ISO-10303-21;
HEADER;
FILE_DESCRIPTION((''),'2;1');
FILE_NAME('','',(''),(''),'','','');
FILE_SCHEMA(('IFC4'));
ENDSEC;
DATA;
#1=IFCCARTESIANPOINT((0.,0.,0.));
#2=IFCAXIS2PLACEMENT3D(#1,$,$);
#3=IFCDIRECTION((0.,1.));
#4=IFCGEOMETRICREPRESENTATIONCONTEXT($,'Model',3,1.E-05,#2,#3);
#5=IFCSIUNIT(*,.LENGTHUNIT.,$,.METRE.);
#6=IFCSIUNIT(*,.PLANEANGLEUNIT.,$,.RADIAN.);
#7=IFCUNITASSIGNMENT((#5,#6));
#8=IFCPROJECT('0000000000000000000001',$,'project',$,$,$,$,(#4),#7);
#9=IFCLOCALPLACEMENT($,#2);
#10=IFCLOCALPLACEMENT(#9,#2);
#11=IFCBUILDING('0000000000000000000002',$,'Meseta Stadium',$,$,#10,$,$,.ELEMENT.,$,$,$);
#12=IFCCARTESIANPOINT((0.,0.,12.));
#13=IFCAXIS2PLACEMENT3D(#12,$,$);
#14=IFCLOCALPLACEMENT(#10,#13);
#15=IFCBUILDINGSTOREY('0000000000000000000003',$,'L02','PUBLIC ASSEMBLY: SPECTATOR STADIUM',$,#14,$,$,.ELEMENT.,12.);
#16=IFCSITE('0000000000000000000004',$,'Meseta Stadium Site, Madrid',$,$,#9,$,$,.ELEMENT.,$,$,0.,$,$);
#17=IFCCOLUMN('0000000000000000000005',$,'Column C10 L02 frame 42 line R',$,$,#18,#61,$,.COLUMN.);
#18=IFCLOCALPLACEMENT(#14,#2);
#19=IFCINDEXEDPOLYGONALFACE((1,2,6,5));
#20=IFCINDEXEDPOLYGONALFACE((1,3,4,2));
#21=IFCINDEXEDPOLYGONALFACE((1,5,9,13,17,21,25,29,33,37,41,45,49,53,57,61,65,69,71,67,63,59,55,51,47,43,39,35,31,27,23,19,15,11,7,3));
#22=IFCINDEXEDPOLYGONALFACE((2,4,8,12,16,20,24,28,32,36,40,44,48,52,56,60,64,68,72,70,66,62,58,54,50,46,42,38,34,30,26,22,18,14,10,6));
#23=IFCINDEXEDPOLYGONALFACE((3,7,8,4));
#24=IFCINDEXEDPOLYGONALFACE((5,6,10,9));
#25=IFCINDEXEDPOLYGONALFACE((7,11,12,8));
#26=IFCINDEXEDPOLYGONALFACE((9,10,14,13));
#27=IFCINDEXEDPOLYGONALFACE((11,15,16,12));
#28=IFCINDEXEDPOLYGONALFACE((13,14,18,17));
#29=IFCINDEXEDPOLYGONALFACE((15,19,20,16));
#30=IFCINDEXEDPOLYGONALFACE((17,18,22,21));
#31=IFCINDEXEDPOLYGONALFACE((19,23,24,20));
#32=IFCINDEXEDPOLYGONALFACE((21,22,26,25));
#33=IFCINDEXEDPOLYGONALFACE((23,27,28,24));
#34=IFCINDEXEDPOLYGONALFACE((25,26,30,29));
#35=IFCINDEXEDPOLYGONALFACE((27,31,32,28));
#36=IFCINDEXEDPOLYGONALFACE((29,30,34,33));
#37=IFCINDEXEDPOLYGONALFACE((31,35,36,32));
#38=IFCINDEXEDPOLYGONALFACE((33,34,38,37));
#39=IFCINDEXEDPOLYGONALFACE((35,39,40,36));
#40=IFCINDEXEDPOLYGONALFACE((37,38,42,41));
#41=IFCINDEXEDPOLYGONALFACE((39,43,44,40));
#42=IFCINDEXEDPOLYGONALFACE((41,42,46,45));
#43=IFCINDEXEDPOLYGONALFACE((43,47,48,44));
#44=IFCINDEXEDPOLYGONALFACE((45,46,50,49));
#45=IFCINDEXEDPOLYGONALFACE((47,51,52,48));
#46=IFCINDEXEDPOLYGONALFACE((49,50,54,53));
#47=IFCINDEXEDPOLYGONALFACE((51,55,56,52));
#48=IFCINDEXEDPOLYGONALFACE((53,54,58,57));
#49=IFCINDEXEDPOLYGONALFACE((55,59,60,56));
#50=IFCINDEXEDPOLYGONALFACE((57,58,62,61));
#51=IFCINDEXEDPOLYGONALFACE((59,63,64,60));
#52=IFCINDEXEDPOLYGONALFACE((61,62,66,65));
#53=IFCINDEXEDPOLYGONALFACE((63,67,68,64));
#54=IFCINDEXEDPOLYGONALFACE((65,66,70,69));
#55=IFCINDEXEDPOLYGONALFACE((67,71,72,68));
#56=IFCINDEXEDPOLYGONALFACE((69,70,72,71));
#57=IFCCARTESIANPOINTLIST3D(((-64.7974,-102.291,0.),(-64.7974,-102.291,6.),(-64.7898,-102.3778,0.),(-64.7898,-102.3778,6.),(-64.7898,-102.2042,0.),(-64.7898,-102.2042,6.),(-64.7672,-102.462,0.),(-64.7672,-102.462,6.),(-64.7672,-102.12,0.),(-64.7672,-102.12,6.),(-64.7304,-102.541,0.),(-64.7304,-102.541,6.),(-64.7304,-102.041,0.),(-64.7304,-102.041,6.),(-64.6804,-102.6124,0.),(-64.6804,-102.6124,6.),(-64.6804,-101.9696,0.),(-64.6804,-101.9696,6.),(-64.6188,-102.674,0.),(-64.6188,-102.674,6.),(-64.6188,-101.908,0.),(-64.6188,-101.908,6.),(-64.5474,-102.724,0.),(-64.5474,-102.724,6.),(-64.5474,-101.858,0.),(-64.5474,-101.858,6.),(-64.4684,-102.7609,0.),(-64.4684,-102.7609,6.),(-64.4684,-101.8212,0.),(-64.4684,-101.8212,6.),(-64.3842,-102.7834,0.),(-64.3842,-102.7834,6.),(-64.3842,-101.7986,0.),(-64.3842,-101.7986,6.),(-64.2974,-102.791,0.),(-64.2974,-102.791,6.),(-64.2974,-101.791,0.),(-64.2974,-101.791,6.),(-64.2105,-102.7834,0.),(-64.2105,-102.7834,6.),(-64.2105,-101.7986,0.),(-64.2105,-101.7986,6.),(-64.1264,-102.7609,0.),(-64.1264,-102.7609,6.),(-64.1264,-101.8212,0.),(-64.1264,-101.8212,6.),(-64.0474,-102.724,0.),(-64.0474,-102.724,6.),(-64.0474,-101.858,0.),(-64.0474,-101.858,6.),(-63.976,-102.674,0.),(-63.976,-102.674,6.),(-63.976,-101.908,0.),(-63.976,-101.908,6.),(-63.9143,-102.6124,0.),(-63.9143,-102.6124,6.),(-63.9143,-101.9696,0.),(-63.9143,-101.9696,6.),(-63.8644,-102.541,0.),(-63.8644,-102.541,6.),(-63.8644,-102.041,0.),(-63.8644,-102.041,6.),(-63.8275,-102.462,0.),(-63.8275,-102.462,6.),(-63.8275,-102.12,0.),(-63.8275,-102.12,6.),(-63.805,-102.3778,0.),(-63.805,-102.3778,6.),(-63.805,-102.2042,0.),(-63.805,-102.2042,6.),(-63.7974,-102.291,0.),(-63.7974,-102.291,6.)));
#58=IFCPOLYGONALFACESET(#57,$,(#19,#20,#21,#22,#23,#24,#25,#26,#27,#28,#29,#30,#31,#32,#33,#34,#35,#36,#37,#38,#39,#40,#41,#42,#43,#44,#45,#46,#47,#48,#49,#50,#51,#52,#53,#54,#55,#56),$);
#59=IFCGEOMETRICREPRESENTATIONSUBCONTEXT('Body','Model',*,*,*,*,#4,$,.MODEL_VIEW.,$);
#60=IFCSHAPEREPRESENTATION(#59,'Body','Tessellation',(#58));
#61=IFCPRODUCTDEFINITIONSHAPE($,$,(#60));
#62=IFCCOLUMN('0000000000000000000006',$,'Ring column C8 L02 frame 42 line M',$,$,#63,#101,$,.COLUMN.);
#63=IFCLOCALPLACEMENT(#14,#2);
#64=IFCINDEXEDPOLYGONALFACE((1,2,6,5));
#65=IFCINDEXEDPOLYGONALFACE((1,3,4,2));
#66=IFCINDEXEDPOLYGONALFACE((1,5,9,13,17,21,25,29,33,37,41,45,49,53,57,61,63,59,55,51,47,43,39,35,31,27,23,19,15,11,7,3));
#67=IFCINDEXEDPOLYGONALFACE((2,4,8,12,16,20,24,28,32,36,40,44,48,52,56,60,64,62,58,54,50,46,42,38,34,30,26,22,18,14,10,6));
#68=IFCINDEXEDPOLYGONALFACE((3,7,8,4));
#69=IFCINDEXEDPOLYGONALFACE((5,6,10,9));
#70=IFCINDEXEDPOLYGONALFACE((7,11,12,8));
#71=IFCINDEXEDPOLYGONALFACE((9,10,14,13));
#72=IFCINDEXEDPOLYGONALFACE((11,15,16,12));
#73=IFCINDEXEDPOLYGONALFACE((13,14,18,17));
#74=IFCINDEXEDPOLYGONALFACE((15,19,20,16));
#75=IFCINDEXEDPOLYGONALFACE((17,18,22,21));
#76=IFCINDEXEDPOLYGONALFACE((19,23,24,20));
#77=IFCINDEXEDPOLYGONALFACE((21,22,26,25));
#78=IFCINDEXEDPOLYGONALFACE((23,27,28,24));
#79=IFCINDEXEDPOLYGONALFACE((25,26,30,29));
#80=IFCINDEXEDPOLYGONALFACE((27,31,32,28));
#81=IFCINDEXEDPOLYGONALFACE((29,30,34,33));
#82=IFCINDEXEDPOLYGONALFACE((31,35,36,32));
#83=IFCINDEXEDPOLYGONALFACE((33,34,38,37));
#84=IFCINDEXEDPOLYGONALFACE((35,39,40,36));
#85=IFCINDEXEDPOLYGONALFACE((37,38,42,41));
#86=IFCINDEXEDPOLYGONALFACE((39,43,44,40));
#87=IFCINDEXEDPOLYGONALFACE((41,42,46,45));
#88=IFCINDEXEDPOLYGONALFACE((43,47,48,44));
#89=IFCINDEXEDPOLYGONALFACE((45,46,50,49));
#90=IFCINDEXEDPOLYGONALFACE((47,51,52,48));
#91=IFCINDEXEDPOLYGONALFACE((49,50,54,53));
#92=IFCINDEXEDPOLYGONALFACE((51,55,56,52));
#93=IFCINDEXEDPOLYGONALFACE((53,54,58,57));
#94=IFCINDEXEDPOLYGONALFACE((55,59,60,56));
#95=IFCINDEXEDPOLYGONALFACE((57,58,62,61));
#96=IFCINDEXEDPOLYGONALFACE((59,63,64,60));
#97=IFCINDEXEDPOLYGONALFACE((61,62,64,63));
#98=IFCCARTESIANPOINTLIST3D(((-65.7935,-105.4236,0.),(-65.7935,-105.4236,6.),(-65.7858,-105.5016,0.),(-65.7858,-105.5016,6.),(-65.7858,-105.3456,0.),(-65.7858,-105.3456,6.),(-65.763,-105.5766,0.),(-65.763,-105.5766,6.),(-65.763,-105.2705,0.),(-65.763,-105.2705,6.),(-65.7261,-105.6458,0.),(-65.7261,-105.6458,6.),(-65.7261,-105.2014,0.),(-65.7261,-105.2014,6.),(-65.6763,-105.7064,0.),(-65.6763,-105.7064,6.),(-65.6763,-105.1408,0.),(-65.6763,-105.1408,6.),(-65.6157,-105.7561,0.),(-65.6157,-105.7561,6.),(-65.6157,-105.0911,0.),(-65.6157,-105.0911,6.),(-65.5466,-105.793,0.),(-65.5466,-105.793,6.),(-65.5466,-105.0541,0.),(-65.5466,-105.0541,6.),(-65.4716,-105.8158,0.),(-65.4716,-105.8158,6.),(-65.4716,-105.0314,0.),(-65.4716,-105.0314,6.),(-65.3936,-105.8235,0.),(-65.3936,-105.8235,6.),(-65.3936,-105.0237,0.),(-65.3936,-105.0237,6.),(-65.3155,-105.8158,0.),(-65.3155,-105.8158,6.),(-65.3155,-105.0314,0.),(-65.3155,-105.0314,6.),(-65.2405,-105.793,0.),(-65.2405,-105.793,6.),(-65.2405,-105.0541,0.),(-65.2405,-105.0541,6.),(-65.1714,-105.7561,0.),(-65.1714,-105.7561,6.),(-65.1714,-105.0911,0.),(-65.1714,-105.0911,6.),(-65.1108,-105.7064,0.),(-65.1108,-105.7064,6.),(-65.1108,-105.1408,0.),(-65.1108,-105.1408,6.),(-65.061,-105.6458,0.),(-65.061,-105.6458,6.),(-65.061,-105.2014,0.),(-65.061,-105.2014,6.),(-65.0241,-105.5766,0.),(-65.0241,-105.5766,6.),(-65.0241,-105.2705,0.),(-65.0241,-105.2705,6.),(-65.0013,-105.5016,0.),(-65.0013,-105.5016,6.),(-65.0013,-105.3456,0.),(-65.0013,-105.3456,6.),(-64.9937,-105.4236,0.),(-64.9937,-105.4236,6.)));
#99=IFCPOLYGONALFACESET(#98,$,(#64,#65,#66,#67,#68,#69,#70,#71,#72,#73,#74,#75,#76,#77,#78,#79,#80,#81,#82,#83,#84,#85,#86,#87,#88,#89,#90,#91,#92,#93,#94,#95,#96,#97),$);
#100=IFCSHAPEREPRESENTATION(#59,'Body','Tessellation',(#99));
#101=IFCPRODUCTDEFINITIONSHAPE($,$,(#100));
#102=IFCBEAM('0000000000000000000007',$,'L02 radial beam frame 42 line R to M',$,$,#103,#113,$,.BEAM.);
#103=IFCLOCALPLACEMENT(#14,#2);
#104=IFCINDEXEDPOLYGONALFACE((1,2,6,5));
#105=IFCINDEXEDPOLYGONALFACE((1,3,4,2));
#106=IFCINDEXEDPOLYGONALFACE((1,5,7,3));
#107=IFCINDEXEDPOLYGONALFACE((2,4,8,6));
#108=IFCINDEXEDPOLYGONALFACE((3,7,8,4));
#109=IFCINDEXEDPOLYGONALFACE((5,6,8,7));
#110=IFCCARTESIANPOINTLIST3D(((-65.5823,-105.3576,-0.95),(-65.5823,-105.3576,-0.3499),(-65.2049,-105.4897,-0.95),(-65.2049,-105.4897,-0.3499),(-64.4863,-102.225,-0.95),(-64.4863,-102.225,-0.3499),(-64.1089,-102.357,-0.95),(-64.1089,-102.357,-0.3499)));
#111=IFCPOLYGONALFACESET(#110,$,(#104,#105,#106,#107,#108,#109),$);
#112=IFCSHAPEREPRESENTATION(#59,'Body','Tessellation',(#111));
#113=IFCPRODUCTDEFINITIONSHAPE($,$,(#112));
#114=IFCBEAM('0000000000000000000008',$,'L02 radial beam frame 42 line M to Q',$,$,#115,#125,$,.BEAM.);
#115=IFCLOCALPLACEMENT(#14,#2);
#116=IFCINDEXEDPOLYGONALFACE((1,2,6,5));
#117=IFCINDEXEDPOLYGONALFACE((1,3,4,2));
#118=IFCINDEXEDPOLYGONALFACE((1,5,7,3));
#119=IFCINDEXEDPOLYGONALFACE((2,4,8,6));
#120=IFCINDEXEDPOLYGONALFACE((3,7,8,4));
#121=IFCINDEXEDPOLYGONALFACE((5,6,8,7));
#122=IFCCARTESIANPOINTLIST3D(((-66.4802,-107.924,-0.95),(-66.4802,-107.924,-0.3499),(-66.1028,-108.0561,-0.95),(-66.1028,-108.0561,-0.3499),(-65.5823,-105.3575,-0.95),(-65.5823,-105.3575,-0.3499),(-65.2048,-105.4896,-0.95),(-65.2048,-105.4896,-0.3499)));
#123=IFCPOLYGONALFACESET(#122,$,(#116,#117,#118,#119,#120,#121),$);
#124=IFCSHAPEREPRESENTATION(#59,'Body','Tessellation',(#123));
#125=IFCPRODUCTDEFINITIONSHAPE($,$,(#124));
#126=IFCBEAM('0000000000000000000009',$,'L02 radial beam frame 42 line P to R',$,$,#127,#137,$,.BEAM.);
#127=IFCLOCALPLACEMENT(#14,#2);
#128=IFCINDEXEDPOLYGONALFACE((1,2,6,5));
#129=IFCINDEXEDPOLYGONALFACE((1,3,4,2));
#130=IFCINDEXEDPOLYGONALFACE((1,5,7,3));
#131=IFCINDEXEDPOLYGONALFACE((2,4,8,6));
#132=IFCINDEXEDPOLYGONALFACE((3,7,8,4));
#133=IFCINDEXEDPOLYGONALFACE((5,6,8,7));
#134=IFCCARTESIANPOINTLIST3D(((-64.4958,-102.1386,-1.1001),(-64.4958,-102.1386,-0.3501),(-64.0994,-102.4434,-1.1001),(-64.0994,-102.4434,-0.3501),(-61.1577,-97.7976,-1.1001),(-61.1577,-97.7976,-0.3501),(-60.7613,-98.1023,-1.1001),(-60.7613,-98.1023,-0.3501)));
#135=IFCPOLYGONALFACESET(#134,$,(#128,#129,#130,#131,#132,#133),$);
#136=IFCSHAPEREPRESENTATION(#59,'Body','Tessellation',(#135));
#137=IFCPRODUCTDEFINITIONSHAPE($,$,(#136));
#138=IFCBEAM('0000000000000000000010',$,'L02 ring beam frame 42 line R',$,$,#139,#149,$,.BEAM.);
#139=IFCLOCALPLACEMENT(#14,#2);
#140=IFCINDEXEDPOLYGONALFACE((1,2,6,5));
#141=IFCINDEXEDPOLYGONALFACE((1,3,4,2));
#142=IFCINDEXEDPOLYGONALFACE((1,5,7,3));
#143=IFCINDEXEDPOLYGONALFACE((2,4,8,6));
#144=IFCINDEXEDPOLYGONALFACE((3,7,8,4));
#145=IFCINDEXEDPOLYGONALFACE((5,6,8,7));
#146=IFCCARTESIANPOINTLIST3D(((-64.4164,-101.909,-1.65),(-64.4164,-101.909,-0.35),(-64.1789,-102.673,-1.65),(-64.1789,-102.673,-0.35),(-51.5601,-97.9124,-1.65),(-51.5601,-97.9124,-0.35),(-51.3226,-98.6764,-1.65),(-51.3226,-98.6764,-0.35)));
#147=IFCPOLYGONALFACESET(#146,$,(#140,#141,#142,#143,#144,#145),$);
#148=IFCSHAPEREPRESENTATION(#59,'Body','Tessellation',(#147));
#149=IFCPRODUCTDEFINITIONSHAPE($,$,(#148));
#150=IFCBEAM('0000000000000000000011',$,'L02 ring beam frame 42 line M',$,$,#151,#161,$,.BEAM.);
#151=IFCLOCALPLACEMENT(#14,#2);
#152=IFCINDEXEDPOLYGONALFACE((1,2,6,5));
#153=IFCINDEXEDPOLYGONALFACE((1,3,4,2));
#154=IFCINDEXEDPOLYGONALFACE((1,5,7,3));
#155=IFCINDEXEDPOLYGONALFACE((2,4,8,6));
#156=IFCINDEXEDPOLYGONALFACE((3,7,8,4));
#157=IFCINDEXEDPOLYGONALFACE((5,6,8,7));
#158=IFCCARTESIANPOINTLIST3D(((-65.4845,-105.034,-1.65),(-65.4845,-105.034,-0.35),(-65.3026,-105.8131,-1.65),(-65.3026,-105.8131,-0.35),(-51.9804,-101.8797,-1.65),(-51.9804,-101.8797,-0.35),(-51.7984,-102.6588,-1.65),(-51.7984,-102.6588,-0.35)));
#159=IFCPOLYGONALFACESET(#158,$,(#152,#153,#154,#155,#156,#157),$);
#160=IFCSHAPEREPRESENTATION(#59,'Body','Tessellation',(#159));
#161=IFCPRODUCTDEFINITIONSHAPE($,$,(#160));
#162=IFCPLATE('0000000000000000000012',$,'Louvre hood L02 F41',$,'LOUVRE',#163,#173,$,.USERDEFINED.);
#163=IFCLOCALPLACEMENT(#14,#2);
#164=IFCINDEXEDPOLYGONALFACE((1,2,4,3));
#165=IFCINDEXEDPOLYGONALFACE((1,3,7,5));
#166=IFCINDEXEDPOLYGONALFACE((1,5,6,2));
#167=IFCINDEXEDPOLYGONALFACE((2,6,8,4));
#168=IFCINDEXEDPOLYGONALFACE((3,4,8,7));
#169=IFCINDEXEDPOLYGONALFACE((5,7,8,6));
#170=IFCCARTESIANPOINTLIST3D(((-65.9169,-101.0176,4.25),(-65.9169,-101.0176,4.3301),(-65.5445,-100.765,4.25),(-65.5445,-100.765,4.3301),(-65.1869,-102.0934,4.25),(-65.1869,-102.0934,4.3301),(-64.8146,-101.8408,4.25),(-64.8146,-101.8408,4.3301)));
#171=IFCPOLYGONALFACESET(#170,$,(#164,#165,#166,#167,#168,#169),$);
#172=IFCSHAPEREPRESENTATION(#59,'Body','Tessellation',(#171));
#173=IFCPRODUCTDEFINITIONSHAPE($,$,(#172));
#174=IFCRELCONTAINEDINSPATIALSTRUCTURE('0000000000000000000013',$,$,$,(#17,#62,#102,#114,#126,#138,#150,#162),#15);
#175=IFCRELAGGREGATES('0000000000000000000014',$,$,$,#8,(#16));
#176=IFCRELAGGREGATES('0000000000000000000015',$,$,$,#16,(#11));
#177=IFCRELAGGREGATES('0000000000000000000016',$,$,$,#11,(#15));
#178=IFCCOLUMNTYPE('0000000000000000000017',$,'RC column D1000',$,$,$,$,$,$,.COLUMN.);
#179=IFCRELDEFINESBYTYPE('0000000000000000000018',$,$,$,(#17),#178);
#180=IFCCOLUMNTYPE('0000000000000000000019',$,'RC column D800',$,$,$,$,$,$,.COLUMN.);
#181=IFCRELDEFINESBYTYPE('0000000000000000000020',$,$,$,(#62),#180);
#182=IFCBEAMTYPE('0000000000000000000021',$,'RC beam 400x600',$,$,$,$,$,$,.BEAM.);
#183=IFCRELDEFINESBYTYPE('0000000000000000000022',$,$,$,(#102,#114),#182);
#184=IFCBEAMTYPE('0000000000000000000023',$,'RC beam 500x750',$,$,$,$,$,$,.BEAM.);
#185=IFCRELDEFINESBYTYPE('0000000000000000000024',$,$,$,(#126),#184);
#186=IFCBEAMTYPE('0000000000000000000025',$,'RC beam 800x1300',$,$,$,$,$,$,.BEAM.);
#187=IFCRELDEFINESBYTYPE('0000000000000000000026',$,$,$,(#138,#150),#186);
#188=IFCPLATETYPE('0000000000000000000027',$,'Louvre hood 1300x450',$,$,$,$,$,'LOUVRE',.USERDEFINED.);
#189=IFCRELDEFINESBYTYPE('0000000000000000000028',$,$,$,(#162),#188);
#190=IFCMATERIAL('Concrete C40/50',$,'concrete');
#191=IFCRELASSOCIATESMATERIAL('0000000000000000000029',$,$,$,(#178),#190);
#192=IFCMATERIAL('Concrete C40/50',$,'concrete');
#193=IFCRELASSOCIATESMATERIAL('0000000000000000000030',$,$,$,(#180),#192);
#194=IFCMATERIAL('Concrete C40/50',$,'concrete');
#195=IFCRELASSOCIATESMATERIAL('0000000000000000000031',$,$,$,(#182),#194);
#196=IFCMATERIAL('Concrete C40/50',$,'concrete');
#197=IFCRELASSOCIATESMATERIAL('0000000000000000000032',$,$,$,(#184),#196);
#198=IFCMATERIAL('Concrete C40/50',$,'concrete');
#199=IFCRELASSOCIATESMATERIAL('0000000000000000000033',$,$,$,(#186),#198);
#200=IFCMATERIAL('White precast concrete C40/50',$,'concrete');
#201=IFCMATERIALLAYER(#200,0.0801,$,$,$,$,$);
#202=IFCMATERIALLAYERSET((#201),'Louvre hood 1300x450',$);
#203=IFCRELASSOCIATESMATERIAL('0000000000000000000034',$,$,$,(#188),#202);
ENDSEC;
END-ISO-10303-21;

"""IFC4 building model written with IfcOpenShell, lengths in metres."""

from ifc_helpers import new_model, si_unit, direction, frame, origin, origin_2d, place, context, subcontext, project, spatial, rectangle, circle, extrude, material, layer, layer_set, material_profile, profile_set, type_object, element, save


model = new_model("IFC4")

# Units and contexts
model_context = context("Model", 3, precision=1e-05, world=origin(), true_north=direction((0.0, 1.0)))
body_context = subcontext(model_context, "Body", "Model", "MODEL_VIEW")
ifc_project = project(units=[si_unit("LENGTHUNIT", "METRE"), si_unit("PLANEANGLEUNIT", "RADIAN")], contexts=[model_context])

# Site, building, storey
site_placement = place(None, origin())
site = spatial("IfcSite", under=ifc_project, at=site_placement, Name="Meseta Stadium Site, Madrid", CompositionType="ELEMENT", RefElevation=0.0)
building_placement = place(site_placement, origin())
building = spatial("IfcBuilding", under=site, at=building_placement, Name="Meseta Stadium", CompositionType="ELEMENT")
storey_placement = place(building_placement, frame((0.0, 0.0, 12.0)))
storey = spatial("IfcBuildingStorey", under=building, at=storey_placement, Name="L02", Description="PUBLIC ASSEMBLY: SPECTATOR STADIUM", CompositionType="ELEMENT", Elevation=12.0)

# Columns
ifc_material_1 = material(Name="Concrete C40/50", Category="concrete")
ifc_material_profile_1 = material_profile(ifc_material_1, circle(Radius=0.5, at=origin_2d()), Name="RC D1000")
ifc_profile_set_1 = profile_set([ifc_material_profile_1], Name="Concrete C40/50")
column_type_1 = type_object("IfcColumnType", Name="RC column D1000", PredefinedType="COLUMN", material=ifc_profile_set_1)
column_1_placement = place(storey_placement, frame((-64.2974, -102.291, 0.0), z_axis=(0.0, 0.0, 1.0), x_axis=(1.0, 0.0, 0.0)))
element("IfcColumn", 1, at=column_1_placement, inside=storey, type_object=column_type_1, Name="Column C10 L02 frame 42 line R", PredefinedType="COLUMN", context=body_context, shape_type="SweptSolid", body=[
    extrude(circle(Radius=0.5, at=origin_2d()), origin(), (0.0, 0.0, 1.0), 6.0),
])
ifc_material_2 = material(Name="Concrete C40/50", Category="concrete")
ifc_material_profile_2 = material_profile(ifc_material_2, circle(Radius=0.3999, at=origin_2d()), Name="RC D800")
ifc_profile_set_2 = profile_set([ifc_material_profile_2], Name="Concrete C40/50")
column_type_2 = type_object("IfcColumnType", Name="RC column D800", PredefinedType="COLUMN", material=ifc_profile_set_2)
column_2_placement = place(storey_placement, frame((-65.3936, -105.4236, 0.0), z_axis=(0.0, 0.0, 1.0), x_axis=(1.0, 0.0, 0.0)))
element("IfcColumn", 2, at=column_2_placement, inside=storey, type_object=column_type_2, Name="Ring column C8 L02 frame 42 line M", PredefinedType="COLUMN", context=body_context, shape_type="SweptSolid", body=[
    extrude(circle(Radius=0.3999, at=origin_2d()), origin(), (0.0, 0.0, 1.0), 6.0),
])

# Beams
ifc_material_3 = material(Name="Concrete C40/50", Category="concrete")
ifc_material_profile_3 = material_profile(ifc_material_3, rectangle(XDim=0.3999, YDim=0.6001, at=origin_2d()), Name="RC 400x600")
ifc_profile_set_3 = profile_set([ifc_material_profile_3], Name="Concrete C40/50")
beam_type_1 = type_object("IfcBeamType", Name="RC beam 400x600", PredefinedType="BEAM", material=ifc_profile_set_3)
beam_1_placement = place(storey_placement, frame((-64.2976, -102.291, -0.6499), z_axis=(-0.330229, -0.943901, 0.0), x_axis=(0.943901, -0.330229, 0.0)))
element("IfcBeam", 3, at=beam_1_placement, inside=storey, type_object=beam_type_1, Name="L02 radial beam frame 42 line R to M", PredefinedType="BEAM", context=body_context, shape_type="SweptSolid", body=[
    extrude(rectangle(XDim=0.3999, YDim=0.6001, at=origin_2d()), origin(), (0.0, 0.0, 1.0), 3.3188),
])
beam_2_placement = place(storey_placement, frame((-65.3936, -105.4236, -0.6499), z_axis=(-0.330254, -0.943892, 0.0), x_axis=(0.943892, -0.330254, 0.0)))
element("IfcBeam", 4, at=beam_2_placement, inside=storey, type_object=beam_type_1, Name="L02 radial beam frame 42 line M to Q", PredefinedType="BEAM", context=body_context, shape_type="SweptSolid", body=[
    extrude(rectangle(XDim=0.3999, YDim=0.6001, at=origin_2d()), origin(), (0.0, 0.0, 1.0), 2.719),
])
ifc_material_4 = material(Name="Concrete C40/50", Category="concrete")
ifc_material_profile_4 = material_profile(ifc_material_4, rectangle(XDim=0.5, YDim=0.75, at=origin_2d()), Name="RC 500x750")
ifc_profile_set_4 = profile_set([ifc_material_profile_4], Name="Concrete C40/50")
beam_type_2 = type_object("IfcBeamType", Name="RC beam 500x750", PredefinedType="BEAM", material=ifc_profile_set_4)
beam_3_placement = place(storey_placement, frame((-60.9595, -97.95, -0.7251), z_axis=(-0.609579, -0.792725, 0.0), x_axis=(0.792725, -0.609579, 0.0)))
element("IfcBeam", 5, at=beam_3_placement, inside=storey, type_object=beam_type_2, Name="L02 radial beam frame 42 line P to R", PredefinedType="BEAM", context=body_context, shape_type="SweptSolid", body=[
    extrude(rectangle(XDim=0.5, YDim=0.75, at=origin_2d()), origin(), (0.0, 0.0, 1.0), 5.4761),
])
ifc_material_5 = material(Name="Concrete C40/50", Category="concrete")
ifc_material_profile_5 = material_profile(ifc_material_5, rectangle(XDim=0.8, YDim=1.3, at=origin_2d()), Name="RC 800x1300")
ifc_profile_set_5 = profile_set([ifc_material_profile_5], Name="Concrete C40/50")
beam_type_3 = type_object("IfcBeamType", Name="RC beam 800x1300", PredefinedType="BEAM", material=ifc_profile_set_5)
beam_4_placement = place(storey_placement, frame((-64.2976, -102.291, -1.0), z_axis=(0.954923, 0.296855, 0.0), x_axis=(-0.296855, 0.954923, 0.0)))
element("IfcBeam", 6, at=beam_4_placement, inside=storey, type_object=beam_type_3, Name="L02 ring beam frame 42 line R", PredefinedType="BEAM", context=body_context, shape_type="SweptSolid", body=[
    extrude(rectangle(XDim=0.8, YDim=1.3, at=origin_2d()), origin(), (0.0, 0.0, 1.0), 13.4631),
])
beam_5_placement = place(storey_placement, frame((-65.3936, -105.4236, -1.0), z_axis=(0.973788, 0.227457, 0.0), x_axis=(-0.227457, 0.973788, 0.0)))
element("IfcBeam", 7, at=beam_5_placement, inside=storey, type_object=beam_type_3, Name="L02 ring beam frame 42 line M", PredefinedType="BEAM", context=body_context, shape_type="SweptSolid", body=[
    extrude(rectangle(XDim=0.8, YDim=1.3, at=origin_2d()), origin(), (0.0, 0.0, 1.0), 13.8677),
])

# Plate
ifc_material_6 = material(Name="White precast concrete C40/50", Category="concrete")
ifc_layer_1 = layer(ifc_material_6, 0.0801)
ifc_layer_set_1 = layer_set([ifc_layer_1], Name="Louvre hood 1300x450")
plate_type = type_object("IfcPlateType", Name="Louvre hood 1300x450", ElementType="LOUVRE", PredefinedType="USERDEFINED", material=ifc_layer_set_1)
plate_placement = place(storey_placement, frame((-65.3657, -101.4292, 4.25), z_axis=(0.0, 0.0, 1.0), x_axis=(0.56149, -0.827483, 0.0)))
element("IfcPlate", 8, at=plate_placement, inside=storey, type_object=plate_type, Name="Louvre hood L02 F41", ObjectType="LOUVRE", PredefinedType="USERDEFINED", context=body_context, shape_type="SweptSolid", body=[
    extrude(rectangle(XDim=1.3, YDim=0.45, at=origin_2d()), origin(), (0.0, 0.0, 1.0), 0.0801),
])

save(model, "model.ifc")
